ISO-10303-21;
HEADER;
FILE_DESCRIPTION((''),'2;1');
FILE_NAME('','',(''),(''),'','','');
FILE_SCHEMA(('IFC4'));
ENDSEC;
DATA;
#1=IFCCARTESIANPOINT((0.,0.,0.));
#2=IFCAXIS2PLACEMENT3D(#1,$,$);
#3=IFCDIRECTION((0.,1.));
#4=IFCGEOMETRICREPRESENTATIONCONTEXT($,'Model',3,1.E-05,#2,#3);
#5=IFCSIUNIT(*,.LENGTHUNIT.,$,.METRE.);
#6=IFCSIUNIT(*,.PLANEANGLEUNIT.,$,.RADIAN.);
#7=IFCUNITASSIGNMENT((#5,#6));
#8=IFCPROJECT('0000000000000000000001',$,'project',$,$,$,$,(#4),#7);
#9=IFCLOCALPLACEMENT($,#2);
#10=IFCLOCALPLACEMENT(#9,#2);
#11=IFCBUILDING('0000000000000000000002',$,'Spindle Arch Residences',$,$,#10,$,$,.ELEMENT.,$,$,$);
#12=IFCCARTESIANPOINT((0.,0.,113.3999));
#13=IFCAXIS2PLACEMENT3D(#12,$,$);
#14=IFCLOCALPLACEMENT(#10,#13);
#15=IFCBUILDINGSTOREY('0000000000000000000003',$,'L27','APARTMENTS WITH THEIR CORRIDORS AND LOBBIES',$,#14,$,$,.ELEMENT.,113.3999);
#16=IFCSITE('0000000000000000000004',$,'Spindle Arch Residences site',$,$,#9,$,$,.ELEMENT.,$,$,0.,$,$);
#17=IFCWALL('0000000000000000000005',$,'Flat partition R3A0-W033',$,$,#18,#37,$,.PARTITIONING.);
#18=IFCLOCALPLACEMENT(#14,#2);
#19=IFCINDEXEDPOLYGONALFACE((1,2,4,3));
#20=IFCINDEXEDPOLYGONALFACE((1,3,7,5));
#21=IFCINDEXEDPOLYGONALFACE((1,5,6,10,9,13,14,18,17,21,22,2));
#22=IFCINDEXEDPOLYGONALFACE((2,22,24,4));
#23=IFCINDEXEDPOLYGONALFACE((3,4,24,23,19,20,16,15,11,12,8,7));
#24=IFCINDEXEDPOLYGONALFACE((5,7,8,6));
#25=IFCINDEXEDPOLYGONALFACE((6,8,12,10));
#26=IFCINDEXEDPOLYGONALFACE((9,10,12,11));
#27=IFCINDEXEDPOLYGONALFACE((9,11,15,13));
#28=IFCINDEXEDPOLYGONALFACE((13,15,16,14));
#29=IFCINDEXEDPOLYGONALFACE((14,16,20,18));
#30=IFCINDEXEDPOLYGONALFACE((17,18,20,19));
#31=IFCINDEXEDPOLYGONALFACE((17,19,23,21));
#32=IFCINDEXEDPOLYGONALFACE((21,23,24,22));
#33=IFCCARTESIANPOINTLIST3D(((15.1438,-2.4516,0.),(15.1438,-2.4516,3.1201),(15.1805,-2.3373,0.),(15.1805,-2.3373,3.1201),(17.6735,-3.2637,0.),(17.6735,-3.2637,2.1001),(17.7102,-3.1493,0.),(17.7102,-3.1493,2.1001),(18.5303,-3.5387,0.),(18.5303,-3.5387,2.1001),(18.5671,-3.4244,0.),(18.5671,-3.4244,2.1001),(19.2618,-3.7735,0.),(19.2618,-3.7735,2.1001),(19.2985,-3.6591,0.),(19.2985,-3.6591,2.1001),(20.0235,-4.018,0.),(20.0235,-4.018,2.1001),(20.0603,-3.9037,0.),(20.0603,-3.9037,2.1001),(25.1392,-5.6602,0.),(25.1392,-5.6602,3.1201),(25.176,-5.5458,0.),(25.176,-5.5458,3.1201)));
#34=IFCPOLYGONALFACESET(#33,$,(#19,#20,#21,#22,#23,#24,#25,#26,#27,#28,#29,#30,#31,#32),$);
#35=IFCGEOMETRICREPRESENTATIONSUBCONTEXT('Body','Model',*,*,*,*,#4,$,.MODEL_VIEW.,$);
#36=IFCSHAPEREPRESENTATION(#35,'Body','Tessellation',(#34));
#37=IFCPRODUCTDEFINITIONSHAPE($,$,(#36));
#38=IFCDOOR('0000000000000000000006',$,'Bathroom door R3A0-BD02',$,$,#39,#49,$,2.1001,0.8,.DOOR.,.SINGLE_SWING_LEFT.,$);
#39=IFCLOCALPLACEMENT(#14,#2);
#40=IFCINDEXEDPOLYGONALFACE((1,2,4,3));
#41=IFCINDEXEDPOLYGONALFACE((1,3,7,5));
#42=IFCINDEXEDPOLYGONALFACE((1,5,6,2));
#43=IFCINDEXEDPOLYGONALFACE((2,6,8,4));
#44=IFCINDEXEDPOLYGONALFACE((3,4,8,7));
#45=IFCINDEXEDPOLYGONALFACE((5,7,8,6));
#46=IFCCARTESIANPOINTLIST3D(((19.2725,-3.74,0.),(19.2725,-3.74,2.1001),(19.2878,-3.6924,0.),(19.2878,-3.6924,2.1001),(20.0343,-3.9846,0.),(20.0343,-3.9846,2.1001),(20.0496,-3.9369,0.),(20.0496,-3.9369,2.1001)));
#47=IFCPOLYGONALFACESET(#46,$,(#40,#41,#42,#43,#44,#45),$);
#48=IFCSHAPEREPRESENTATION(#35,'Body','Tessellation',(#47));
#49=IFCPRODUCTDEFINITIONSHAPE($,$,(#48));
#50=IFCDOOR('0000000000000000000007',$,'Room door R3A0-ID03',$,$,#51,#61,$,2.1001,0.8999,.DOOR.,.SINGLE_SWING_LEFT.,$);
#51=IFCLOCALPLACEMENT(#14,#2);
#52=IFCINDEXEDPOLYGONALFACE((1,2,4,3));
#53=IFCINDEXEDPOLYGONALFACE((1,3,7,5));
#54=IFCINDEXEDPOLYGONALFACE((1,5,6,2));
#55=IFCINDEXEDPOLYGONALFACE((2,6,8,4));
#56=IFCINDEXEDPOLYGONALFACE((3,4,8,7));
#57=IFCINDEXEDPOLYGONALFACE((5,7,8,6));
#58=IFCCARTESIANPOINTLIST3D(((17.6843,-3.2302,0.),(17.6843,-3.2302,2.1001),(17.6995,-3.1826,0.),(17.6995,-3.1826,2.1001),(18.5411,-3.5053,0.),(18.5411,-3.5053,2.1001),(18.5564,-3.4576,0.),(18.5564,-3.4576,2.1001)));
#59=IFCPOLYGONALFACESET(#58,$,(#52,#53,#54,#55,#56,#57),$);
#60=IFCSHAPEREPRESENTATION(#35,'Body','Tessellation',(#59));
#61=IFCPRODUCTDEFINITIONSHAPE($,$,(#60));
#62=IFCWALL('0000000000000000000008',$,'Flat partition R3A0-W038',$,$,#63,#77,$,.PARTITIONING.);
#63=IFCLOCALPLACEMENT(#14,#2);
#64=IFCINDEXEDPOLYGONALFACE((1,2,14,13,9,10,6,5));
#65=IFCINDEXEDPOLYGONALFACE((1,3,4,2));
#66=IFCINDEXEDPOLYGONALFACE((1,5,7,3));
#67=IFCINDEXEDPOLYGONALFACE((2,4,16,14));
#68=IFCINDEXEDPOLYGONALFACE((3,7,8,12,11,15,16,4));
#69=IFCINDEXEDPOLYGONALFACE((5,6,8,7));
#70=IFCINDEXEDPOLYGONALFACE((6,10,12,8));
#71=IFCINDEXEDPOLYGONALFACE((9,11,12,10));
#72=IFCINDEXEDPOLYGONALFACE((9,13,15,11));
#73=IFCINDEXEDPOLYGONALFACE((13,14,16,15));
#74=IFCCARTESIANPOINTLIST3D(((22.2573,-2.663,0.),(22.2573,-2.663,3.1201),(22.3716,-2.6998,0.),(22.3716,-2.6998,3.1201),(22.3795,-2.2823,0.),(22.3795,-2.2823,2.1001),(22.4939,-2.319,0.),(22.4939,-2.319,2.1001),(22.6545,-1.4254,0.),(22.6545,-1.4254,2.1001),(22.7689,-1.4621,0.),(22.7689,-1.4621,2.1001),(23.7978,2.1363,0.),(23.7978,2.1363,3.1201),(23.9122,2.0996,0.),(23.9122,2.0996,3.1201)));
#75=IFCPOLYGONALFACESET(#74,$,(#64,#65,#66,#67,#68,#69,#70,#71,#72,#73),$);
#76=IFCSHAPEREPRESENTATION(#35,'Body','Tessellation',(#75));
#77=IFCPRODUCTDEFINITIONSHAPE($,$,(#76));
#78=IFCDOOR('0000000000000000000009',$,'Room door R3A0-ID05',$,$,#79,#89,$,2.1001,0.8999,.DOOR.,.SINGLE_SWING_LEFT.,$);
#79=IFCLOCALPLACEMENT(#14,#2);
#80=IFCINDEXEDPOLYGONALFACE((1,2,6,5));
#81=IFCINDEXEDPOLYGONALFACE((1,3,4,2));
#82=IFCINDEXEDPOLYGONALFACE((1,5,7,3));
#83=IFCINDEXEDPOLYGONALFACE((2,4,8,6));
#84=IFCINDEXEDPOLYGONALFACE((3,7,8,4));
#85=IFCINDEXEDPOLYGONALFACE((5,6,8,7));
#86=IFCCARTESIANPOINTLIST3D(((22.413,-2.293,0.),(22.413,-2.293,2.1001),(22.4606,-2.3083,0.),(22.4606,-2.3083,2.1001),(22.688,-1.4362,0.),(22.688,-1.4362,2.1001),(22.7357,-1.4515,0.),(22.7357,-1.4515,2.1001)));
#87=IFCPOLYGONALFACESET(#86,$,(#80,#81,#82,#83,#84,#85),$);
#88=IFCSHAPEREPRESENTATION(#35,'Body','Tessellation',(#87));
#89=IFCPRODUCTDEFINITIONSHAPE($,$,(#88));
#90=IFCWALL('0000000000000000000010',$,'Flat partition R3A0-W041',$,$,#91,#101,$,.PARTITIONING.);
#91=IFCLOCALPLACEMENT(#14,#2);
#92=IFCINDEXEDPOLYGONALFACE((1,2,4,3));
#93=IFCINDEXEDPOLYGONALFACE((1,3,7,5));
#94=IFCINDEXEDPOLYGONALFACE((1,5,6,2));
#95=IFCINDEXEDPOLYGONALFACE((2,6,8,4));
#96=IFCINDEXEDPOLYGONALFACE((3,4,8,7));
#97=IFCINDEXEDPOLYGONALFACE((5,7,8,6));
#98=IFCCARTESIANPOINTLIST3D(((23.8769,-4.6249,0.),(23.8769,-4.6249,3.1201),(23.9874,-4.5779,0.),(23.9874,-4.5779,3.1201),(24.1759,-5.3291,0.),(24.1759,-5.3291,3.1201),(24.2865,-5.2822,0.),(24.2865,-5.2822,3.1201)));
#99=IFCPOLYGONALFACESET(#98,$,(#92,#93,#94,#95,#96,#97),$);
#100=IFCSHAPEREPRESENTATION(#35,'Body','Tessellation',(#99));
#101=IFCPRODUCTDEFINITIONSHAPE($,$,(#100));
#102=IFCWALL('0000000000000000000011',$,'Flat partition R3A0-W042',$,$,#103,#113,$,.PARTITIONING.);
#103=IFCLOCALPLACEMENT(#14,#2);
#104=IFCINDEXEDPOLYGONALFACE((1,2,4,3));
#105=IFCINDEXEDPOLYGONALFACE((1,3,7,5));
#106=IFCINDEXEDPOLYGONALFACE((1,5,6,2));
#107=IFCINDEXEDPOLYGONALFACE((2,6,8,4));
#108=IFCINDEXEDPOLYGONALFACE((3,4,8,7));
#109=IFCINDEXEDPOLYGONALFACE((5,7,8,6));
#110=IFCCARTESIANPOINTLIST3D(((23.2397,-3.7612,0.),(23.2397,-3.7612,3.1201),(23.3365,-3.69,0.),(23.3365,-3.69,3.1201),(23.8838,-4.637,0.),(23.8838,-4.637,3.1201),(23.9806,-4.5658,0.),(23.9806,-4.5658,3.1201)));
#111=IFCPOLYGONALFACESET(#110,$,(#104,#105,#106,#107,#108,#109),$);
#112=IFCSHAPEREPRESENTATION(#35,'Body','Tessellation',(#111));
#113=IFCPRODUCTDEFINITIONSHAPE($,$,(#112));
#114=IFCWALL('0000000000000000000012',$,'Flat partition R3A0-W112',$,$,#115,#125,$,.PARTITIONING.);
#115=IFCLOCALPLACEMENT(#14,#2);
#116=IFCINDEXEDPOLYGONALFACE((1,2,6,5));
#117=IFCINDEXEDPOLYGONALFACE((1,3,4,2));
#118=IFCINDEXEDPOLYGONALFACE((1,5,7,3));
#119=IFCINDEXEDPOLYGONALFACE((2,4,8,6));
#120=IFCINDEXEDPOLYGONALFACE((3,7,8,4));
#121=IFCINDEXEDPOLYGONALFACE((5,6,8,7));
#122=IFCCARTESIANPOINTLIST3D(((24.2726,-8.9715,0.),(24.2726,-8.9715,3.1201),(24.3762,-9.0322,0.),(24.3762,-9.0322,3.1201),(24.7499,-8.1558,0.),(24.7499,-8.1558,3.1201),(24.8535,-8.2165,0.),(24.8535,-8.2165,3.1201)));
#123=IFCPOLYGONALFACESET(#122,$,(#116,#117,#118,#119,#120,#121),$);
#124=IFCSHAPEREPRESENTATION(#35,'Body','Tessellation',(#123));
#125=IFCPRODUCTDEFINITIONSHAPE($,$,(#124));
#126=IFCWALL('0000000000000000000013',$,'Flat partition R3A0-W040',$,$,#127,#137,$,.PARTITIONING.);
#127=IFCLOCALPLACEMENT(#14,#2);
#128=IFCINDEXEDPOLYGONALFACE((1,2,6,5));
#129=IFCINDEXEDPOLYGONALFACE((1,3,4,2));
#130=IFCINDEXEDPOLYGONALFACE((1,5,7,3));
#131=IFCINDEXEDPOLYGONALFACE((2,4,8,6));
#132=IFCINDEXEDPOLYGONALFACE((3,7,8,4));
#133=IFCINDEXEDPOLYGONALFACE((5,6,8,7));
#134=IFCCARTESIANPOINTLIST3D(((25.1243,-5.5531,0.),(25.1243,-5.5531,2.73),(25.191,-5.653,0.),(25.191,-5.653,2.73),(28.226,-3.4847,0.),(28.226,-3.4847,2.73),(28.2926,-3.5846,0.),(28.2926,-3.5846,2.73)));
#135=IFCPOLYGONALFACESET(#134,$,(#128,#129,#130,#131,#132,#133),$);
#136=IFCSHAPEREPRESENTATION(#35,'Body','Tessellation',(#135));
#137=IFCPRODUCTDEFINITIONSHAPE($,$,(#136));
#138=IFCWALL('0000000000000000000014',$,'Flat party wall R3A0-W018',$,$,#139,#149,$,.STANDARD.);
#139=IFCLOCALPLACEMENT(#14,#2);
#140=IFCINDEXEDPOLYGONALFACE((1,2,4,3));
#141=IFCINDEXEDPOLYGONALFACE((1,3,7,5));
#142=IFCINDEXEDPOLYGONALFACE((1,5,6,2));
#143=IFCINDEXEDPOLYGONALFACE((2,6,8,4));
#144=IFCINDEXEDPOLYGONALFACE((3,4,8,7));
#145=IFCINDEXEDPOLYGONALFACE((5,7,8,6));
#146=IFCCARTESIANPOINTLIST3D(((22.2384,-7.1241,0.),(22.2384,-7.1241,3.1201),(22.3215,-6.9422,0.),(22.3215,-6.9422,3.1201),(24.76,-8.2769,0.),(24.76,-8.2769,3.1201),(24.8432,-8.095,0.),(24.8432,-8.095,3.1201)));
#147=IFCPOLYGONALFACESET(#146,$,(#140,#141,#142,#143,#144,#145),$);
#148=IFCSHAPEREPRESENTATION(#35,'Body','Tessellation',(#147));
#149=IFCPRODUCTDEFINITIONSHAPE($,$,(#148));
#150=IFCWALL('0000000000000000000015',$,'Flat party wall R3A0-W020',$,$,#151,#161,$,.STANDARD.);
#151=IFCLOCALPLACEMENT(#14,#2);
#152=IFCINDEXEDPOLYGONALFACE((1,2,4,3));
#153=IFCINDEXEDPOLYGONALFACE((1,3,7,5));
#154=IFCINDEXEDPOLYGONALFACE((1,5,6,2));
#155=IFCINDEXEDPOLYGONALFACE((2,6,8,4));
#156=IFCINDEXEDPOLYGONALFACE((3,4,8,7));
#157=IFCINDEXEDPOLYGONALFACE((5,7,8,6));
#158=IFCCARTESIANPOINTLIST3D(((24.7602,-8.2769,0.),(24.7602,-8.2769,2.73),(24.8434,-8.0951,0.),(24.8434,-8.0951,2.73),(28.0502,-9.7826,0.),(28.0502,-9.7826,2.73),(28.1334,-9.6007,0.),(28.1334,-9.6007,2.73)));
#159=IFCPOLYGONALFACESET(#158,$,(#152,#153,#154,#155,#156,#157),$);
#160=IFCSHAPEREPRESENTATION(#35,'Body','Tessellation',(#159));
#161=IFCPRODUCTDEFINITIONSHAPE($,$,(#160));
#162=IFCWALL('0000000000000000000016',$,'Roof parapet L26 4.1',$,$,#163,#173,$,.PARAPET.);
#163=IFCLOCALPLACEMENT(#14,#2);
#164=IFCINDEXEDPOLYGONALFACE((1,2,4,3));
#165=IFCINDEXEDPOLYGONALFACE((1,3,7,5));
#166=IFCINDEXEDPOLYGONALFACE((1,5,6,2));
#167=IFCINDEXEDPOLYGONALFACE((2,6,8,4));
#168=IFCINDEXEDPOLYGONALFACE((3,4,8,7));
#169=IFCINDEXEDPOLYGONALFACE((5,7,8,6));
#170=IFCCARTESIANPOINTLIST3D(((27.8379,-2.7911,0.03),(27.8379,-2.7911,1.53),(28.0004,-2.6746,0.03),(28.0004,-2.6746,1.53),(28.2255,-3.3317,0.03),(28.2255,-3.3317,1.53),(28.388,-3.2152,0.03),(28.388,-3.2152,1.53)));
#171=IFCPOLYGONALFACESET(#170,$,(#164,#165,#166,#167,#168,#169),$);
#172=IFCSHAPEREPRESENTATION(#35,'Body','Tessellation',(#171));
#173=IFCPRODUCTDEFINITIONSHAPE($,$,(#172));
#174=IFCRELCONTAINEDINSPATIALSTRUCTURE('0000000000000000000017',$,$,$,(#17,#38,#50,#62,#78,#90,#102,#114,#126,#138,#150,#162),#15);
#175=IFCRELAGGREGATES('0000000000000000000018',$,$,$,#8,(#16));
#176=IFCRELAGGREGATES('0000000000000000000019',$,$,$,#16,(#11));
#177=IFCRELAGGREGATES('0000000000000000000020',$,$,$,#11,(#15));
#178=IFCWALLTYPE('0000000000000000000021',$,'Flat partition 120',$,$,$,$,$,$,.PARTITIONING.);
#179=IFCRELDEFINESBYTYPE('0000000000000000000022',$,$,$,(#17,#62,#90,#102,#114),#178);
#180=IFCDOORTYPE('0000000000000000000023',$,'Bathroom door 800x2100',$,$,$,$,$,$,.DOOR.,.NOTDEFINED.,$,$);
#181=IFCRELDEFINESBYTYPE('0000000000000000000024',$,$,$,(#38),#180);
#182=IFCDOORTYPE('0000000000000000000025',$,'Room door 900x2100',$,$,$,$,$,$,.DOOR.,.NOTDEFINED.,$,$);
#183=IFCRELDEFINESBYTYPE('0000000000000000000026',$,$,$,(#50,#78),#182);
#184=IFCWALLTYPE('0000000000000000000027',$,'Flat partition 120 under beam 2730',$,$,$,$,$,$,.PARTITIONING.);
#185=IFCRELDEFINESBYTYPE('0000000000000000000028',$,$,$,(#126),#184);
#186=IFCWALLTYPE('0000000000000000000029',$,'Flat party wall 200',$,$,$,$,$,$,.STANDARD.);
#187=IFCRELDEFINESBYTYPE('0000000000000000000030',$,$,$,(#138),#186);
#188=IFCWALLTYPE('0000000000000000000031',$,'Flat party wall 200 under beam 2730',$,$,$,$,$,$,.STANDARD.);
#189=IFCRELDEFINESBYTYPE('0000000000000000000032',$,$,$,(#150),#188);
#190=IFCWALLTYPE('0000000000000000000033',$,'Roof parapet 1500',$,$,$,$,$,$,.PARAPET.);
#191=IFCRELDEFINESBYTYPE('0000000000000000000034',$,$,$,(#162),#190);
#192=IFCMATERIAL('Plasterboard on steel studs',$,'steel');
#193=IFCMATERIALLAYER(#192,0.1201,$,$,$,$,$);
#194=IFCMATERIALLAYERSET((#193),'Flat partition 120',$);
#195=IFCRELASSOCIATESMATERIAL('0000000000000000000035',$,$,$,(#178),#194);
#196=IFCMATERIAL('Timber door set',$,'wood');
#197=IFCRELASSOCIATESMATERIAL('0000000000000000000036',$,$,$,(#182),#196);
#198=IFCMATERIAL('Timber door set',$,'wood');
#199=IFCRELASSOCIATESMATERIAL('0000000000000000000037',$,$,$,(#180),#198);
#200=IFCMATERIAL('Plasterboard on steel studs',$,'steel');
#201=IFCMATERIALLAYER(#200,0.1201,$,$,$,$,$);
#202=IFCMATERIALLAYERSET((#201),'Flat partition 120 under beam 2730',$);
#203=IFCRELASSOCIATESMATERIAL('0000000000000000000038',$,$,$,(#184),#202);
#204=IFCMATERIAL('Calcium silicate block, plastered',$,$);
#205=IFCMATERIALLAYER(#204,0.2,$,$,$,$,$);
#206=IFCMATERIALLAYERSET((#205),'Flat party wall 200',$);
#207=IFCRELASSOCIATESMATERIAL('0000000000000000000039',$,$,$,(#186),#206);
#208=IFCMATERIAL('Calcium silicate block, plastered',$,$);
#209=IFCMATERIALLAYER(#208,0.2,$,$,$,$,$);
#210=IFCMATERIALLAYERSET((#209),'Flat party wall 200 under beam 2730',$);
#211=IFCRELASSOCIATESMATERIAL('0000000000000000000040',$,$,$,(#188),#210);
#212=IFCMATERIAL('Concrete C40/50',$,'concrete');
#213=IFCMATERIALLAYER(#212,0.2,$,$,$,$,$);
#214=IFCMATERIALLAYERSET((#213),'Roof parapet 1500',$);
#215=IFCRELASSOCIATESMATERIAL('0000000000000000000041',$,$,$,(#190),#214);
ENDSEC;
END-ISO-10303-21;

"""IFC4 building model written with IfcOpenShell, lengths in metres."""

from ifc_helpers import new_model, si_unit, direction, frame, frame_2d, origin, place, context, subcontext, project, spatial, rectangle, extrude, material, layer, layer_set, type_object, element, fill, save


model = new_model("IFC4")

# Units and contexts
model_context = context("Model", 3, precision=1e-05, world=origin(), true_north=direction((0.0, 1.0)))
body_context = subcontext(model_context, "Body", "Model", "MODEL_VIEW")
ifc_project = project(units=[si_unit("LENGTHUNIT", "METRE"), si_unit("PLANEANGLEUNIT", "RADIAN")], contexts=[model_context])

# Site, building, storey
site_placement = place(None, origin())
site = spatial("IfcSite", under=ifc_project, at=site_placement, Name="Spindle Arch Residences site", CompositionType="ELEMENT", RefElevation=0.0)
building_placement = place(site_placement, origin())
building = spatial("IfcBuilding", under=site, at=building_placement, Name="Spindle Arch Residences", CompositionType="ELEMENT")
storey_placement = place(building_placement, frame((0.0, 0.0, 113.3999)))
storey = spatial("IfcBuildingStorey", under=building, at=storey_placement, Name="L27", Description="APARTMENTS WITH THEIR CORRIDORS AND LOBBIES", CompositionType="ELEMENT", Elevation=113.3999)

# Shared definitions
ifc_material_1 = material(Name="Plasterboard on steel studs", Category="steel")
ifc_layer_1 = layer(ifc_material_1, 0.1201)
ifc_layer_set_1 = layer_set([ifc_layer_1], Name="Flat partition 120")
wall_type_1 = type_object("IfcWallType", Name="Flat partition 120", PredefinedType="PARTITIONING", material=ifc_layer_set_1)
ifc_material_2 = material(Name="Timber door set", Category="wood")
door_type_1 = type_object("IfcDoorType", Name="Room door 900x2100", OperationType="NOTDEFINED", PredefinedType="DOOR", material=ifc_material_2)

# Wall, openings, doors
wall_1_placement = place(storey_placement, frame((25.1577, -5.603, 0.0), z_axis=(0.0, 0.0, 1.0), x_axis=(-0.952148, 0.305638, 0.0)))
wall_1 = element("IfcWall", 1, at=wall_1_placement, inside=storey, type_object=wall_type_1, Name="Flat partition R3A0-W033", PredefinedType="PARTITIONING", context=body_context, shape_type="SweptSolid", body=[
    extrude(rectangle(XDim=10.4978, YDim=0.1201, at=frame_2d((5.249, 0.0))), origin(), (0.0, 0.0, 1.0), 3.1201),
])
opening_1_placement = place(wall_1_placement, frame((5.373, 0.0, 0.0)))
opening_1 = element("IfcOpeningElement", 2, at=opening_1_placement, cuts=wall_1, PredefinedType="OPENING", context=body_context, shape_type="SweptSolid", body=[
    extrude(rectangle(XDim=0.8, YDim=2.1001, at=frame_2d((0.3999, 1.05))), frame((0.0, 0.0701, 0.0), z_axis=(0.0, -1.0, 0.0), x_axis=(1.0, 0.0, 0.0)), (0.0, 0.0, 1.0), 0.1401),
])
opening_2_placement = place(wall_1_placement, frame((6.9412, 0.0, 0.0)))
opening_2 = element("IfcOpeningElement", 3, at=opening_2_placement, cuts=wall_1, PredefinedType="OPENING", context=body_context, shape_type="SweptSolid", body=[
    extrude(rectangle(XDim=0.8999, YDim=2.1001, at=frame_2d((0.45, 1.05))), frame((0.0, 0.0701, 0.0), z_axis=(0.0, -1.0, 0.0), x_axis=(1.0, 0.0, 0.0)), (0.0, 0.0, 1.0), 0.1401),
])
ifc_material_3 = material(Name="Timber door set", Category="wood")
door_type_2 = type_object("IfcDoorType", Name="Bathroom door 800x2100", OperationType="NOTDEFINED", PredefinedType="DOOR", material=ifc_material_3)
door_1_placement = place(opening_1_placement, origin())
door_1 = element("IfcDoor", 4, at=door_1_placement, inside=storey, type_object=door_type_2, Name="Bathroom door R3A0-BD02", OperationType="SINGLE_SWING_LEFT", OverallHeight=2.1001, OverallWidth=0.8, PredefinedType="DOOR", context=body_context, shape_type="SweptSolid", body=[
    extrude(rectangle(XDim=0.8, YDim=2.1001, at=frame_2d((0.3999, 1.05))), frame((0.0, 0.0249, 0.0), z_axis=(0.0, -1.0, 0.0), x_axis=(1.0, 0.0, 0.0)), (0.0, 0.0, 1.0), 0.05),
])
fill(opening_1, door_1)
door_2_placement = place(opening_2_placement, origin())
door_2 = element("IfcDoor", 5, at=door_2_placement, inside=storey, type_object=door_type_1, Name="Room door R3A0-ID03", OperationType="SINGLE_SWING_LEFT", OverallHeight=2.1001, OverallWidth=0.8999, PredefinedType="DOOR", context=body_context, shape_type="SweptSolid", body=[
    extrude(rectangle(XDim=0.8999, YDim=2.1001, at=frame_2d((0.45, 1.05))), frame((0.0, 0.0249, 0.0), z_axis=(0.0, -1.0, 0.0), x_axis=(1.0, 0.0, 0.0)), (0.0, 0.0, 1.0), 0.05),
])
fill(opening_2, door_2)

# Wall, opening, door
wall_2_placement = place(storey_placement, frame((22.3145, -2.6814, 0.0), z_axis=(0.0, 0.0, 1.0), x_axis=(0.30563, 0.95215, 0.0)))
wall_2 = element("IfcWall", 6, at=wall_2_placement, inside=storey, type_object=wall_type_1, Name="Flat partition R3A0-W038", PredefinedType="PARTITIONING", context=body_context, shape_type="SweptSolid", body=[
    extrude(rectangle(XDim=5.0405, YDim=0.1201, at=frame_2d((2.5203, 0.0))), origin(), (0.0, 0.0, 1.0), 3.1201),
])
opening_3_placement = place(wall_2_placement, frame((0.3999, 0.0, 0.0)))
opening_3 = element("IfcOpeningElement", 7, at=opening_3_placement, cuts=wall_2, PredefinedType="OPENING", context=body_context, shape_type="SweptSolid", body=[
    extrude(rectangle(XDim=0.8999, YDim=2.1001, at=frame_2d((0.45, 1.05))), frame((0.0, 0.0701, 0.0), z_axis=(0.0, -1.0, 0.0), x_axis=(1.0, 0.0, 0.0)), (0.0, 0.0, 1.0), 0.1401),
])
door_3_placement = place(opening_3_placement, origin())
door_3 = element("IfcDoor", 8, at=door_3_placement, inside=storey, type_object=door_type_1, Name="Room door R3A0-ID05", OperationType="SINGLE_SWING_LEFT", OverallHeight=2.1001, OverallWidth=0.8999, PredefinedType="DOOR", context=body_context, shape_type="SweptSolid", body=[
    extrude(rectangle(XDim=0.8999, YDim=2.1001, at=frame_2d((0.45, 1.05))), frame((0.0, 0.0249, 0.0), z_axis=(0.0, -1.0, 0.0), x_axis=(1.0, 0.0, 0.0)), (0.0, 0.0, 1.0), 0.05),
])
fill(opening_3, door_3)

# Walls
wall_3_placement = place(storey_placement, frame((24.2312, -5.3057, 0.0), z_axis=(0.0, 0.0, 1.0), x_axis=(-0.390837, 0.92046, 0.0)))
element("IfcWall", 9, at=wall_3_placement, inside=storey, type_object=wall_type_1, Name="Flat partition R3A0-W041", PredefinedType="PARTITIONING", context=body_context, shape_type="SweptSolid", body=[
    extrude(rectangle(XDim=0.7651, YDim=0.1201, at=frame_2d((0.3826, 0.0))), origin(), (0.0, 0.0, 1.0), 3.1201),
])
wall_4_placement = place(storey_placement, frame((23.9321, -4.6013, 0.0), z_axis=(0.0, 0.0, 1.0), x_axis=(-0.592463, 0.805597, 0.0)))
element("IfcWall", 10, at=wall_4_placement, inside=storey, type_object=wall_type_1, Name="Flat partition R3A0-W042", PredefinedType="PARTITIONING", context=body_context, shape_type="SweptSolid", body=[
    extrude(rectangle(XDim=1.0872, YDim=0.1201, at=frame_2d((0.5435, 0.0))), origin(), (0.0, 0.0, 1.0), 3.1201),
])
wall_5_placement = place(storey_placement, frame((24.8018, -8.186, 0.0), z_axis=(0.0, 0.0, 1.0), x_axis=(-0.505043, -0.863094, 0.0)))
element("IfcWall", 11, at=wall_5_placement, inside=storey, type_object=wall_type_1, Name="Flat partition R3A0-W112", PredefinedType="PARTITIONING", context=body_context, shape_type="SweptSolid", body=[
    extrude(rectangle(XDim=0.9451, YDim=0.1201, at=frame_2d((0.4727, 0.0))), origin(), (0.0, 0.0, 1.0), 3.1201),
])
ifc_material_4 = material(Name="Plasterboard on steel studs", Category="steel")
ifc_layer_2 = layer(ifc_material_4, 0.1201)
ifc_layer_set_2 = layer_set([ifc_layer_2], Name="Flat partition 120 under beam 2730")
wall_type_2 = type_object("IfcWallType", Name="Flat partition 120 under beam 2730", PredefinedType="PARTITIONING", material=ifc_layer_set_2)
wall_6_placement = place(storey_placement, frame((28.2593, -3.5347, 0.0), z_axis=(0.0, 0.0, 1.0), x_axis=(-0.83197, -0.554821, 0.0)))
element("IfcWall", 12, at=wall_6_placement, inside=storey, type_object=wall_type_2, Name="Flat partition R3A0-W040", PredefinedType="PARTITIONING", context=body_context, shape_type="SweptSolid", body=[
    extrude(rectangle(XDim=3.728, YDim=0.1201, at=frame_2d((1.864, 0.0))), origin(), (0.0, 0.0, 1.0), 2.73),
])
ifc_material_5 = material(Name="Calcium silicate block, plastered")
ifc_layer_3 = layer(ifc_material_5, 0.2)
ifc_layer_set_3 = layer_set([ifc_layer_3], Name="Flat party wall 200")
wall_type_3 = type_object("IfcWallType", Name="Flat party wall 200", PredefinedType="STANDARD", material=ifc_layer_set_3)
wall_7_placement = place(storey_placement, frame((22.28, -7.0332, 0.0), z_axis=(0.0, 0.0, 1.0), x_axis=(0.909469, -0.415772, 0.0)))
element("IfcWall", 13, at=wall_7_placement, inside=storey, type_object=wall_type_3, Name="Flat party wall R3A0-W018", PredefinedType="STANDARD", context=body_context, shape_type="SweptSolid", body=[
    extrude(rectangle(XDim=2.7727, YDim=0.2, at=frame_2d((1.3862, 0.0))), origin(), (0.0, 0.0, 1.0), 3.1201),
])
ifc_material_6 = material(Name="Calcium silicate block, plastered")
ifc_layer_4 = layer(ifc_material_6, 0.2)
ifc_layer_set_4 = layer_set([ifc_layer_4], Name="Flat party wall 200 under beam 2730")
wall_type_4 = type_object("IfcWallType", Name="Flat party wall 200 under beam 2730", PredefinedType="STANDARD", material=ifc_layer_set_4)
wall_8_placement = place(storey_placement, frame((24.8018, -8.186, 0.0), z_axis=(0.0, 0.0, 1.0), x_axis=(0.909307, -0.416125, 0.0)))
element("IfcWall", 14, at=wall_8_placement, inside=storey, type_object=wall_type_4, Name="Flat party wall R3A0-W020", PredefinedType="STANDARD", context=body_context, shape_type="SweptSolid", body=[
    extrude(rectangle(XDim=3.6182, YDim=0.2, at=frame_2d((1.8091, 0.0))), origin(), (0.0, 0.0, 1.0), 2.73),
])
ifc_material_7 = material(Name="Concrete C40/50", Category="concrete")
ifc_layer_5 = layer(ifc_material_7, 0.2)
ifc_layer_set_5 = layer_set([ifc_layer_5], Name="Roof parapet 1500")
wall_type_5 = type_object("IfcWallType", Name="Roof parapet 1500", PredefinedType="PARAPET", material=ifc_layer_set_5)
wall_9_placement = place(storey_placement, frame((27.9192, -2.7329, 0.03), z_axis=(0.0, 0.0, 1.0), x_axis=(0.58266, -0.812716, 0.0)))
element("IfcWall", 15, at=wall_9_placement, inside=storey, type_object=wall_type_5, Name="Roof parapet L26 4.1", PredefinedType="PARAPET", context=body_context, shape_type="SweptSolid", body=[
    extrude(rectangle(XDim=0.6653, YDim=0.2, at=frame_2d((0.3325, 0.0))), origin(), (0.0, 0.0, 1.0), 1.5),
])

save(model, "model.ifc")
